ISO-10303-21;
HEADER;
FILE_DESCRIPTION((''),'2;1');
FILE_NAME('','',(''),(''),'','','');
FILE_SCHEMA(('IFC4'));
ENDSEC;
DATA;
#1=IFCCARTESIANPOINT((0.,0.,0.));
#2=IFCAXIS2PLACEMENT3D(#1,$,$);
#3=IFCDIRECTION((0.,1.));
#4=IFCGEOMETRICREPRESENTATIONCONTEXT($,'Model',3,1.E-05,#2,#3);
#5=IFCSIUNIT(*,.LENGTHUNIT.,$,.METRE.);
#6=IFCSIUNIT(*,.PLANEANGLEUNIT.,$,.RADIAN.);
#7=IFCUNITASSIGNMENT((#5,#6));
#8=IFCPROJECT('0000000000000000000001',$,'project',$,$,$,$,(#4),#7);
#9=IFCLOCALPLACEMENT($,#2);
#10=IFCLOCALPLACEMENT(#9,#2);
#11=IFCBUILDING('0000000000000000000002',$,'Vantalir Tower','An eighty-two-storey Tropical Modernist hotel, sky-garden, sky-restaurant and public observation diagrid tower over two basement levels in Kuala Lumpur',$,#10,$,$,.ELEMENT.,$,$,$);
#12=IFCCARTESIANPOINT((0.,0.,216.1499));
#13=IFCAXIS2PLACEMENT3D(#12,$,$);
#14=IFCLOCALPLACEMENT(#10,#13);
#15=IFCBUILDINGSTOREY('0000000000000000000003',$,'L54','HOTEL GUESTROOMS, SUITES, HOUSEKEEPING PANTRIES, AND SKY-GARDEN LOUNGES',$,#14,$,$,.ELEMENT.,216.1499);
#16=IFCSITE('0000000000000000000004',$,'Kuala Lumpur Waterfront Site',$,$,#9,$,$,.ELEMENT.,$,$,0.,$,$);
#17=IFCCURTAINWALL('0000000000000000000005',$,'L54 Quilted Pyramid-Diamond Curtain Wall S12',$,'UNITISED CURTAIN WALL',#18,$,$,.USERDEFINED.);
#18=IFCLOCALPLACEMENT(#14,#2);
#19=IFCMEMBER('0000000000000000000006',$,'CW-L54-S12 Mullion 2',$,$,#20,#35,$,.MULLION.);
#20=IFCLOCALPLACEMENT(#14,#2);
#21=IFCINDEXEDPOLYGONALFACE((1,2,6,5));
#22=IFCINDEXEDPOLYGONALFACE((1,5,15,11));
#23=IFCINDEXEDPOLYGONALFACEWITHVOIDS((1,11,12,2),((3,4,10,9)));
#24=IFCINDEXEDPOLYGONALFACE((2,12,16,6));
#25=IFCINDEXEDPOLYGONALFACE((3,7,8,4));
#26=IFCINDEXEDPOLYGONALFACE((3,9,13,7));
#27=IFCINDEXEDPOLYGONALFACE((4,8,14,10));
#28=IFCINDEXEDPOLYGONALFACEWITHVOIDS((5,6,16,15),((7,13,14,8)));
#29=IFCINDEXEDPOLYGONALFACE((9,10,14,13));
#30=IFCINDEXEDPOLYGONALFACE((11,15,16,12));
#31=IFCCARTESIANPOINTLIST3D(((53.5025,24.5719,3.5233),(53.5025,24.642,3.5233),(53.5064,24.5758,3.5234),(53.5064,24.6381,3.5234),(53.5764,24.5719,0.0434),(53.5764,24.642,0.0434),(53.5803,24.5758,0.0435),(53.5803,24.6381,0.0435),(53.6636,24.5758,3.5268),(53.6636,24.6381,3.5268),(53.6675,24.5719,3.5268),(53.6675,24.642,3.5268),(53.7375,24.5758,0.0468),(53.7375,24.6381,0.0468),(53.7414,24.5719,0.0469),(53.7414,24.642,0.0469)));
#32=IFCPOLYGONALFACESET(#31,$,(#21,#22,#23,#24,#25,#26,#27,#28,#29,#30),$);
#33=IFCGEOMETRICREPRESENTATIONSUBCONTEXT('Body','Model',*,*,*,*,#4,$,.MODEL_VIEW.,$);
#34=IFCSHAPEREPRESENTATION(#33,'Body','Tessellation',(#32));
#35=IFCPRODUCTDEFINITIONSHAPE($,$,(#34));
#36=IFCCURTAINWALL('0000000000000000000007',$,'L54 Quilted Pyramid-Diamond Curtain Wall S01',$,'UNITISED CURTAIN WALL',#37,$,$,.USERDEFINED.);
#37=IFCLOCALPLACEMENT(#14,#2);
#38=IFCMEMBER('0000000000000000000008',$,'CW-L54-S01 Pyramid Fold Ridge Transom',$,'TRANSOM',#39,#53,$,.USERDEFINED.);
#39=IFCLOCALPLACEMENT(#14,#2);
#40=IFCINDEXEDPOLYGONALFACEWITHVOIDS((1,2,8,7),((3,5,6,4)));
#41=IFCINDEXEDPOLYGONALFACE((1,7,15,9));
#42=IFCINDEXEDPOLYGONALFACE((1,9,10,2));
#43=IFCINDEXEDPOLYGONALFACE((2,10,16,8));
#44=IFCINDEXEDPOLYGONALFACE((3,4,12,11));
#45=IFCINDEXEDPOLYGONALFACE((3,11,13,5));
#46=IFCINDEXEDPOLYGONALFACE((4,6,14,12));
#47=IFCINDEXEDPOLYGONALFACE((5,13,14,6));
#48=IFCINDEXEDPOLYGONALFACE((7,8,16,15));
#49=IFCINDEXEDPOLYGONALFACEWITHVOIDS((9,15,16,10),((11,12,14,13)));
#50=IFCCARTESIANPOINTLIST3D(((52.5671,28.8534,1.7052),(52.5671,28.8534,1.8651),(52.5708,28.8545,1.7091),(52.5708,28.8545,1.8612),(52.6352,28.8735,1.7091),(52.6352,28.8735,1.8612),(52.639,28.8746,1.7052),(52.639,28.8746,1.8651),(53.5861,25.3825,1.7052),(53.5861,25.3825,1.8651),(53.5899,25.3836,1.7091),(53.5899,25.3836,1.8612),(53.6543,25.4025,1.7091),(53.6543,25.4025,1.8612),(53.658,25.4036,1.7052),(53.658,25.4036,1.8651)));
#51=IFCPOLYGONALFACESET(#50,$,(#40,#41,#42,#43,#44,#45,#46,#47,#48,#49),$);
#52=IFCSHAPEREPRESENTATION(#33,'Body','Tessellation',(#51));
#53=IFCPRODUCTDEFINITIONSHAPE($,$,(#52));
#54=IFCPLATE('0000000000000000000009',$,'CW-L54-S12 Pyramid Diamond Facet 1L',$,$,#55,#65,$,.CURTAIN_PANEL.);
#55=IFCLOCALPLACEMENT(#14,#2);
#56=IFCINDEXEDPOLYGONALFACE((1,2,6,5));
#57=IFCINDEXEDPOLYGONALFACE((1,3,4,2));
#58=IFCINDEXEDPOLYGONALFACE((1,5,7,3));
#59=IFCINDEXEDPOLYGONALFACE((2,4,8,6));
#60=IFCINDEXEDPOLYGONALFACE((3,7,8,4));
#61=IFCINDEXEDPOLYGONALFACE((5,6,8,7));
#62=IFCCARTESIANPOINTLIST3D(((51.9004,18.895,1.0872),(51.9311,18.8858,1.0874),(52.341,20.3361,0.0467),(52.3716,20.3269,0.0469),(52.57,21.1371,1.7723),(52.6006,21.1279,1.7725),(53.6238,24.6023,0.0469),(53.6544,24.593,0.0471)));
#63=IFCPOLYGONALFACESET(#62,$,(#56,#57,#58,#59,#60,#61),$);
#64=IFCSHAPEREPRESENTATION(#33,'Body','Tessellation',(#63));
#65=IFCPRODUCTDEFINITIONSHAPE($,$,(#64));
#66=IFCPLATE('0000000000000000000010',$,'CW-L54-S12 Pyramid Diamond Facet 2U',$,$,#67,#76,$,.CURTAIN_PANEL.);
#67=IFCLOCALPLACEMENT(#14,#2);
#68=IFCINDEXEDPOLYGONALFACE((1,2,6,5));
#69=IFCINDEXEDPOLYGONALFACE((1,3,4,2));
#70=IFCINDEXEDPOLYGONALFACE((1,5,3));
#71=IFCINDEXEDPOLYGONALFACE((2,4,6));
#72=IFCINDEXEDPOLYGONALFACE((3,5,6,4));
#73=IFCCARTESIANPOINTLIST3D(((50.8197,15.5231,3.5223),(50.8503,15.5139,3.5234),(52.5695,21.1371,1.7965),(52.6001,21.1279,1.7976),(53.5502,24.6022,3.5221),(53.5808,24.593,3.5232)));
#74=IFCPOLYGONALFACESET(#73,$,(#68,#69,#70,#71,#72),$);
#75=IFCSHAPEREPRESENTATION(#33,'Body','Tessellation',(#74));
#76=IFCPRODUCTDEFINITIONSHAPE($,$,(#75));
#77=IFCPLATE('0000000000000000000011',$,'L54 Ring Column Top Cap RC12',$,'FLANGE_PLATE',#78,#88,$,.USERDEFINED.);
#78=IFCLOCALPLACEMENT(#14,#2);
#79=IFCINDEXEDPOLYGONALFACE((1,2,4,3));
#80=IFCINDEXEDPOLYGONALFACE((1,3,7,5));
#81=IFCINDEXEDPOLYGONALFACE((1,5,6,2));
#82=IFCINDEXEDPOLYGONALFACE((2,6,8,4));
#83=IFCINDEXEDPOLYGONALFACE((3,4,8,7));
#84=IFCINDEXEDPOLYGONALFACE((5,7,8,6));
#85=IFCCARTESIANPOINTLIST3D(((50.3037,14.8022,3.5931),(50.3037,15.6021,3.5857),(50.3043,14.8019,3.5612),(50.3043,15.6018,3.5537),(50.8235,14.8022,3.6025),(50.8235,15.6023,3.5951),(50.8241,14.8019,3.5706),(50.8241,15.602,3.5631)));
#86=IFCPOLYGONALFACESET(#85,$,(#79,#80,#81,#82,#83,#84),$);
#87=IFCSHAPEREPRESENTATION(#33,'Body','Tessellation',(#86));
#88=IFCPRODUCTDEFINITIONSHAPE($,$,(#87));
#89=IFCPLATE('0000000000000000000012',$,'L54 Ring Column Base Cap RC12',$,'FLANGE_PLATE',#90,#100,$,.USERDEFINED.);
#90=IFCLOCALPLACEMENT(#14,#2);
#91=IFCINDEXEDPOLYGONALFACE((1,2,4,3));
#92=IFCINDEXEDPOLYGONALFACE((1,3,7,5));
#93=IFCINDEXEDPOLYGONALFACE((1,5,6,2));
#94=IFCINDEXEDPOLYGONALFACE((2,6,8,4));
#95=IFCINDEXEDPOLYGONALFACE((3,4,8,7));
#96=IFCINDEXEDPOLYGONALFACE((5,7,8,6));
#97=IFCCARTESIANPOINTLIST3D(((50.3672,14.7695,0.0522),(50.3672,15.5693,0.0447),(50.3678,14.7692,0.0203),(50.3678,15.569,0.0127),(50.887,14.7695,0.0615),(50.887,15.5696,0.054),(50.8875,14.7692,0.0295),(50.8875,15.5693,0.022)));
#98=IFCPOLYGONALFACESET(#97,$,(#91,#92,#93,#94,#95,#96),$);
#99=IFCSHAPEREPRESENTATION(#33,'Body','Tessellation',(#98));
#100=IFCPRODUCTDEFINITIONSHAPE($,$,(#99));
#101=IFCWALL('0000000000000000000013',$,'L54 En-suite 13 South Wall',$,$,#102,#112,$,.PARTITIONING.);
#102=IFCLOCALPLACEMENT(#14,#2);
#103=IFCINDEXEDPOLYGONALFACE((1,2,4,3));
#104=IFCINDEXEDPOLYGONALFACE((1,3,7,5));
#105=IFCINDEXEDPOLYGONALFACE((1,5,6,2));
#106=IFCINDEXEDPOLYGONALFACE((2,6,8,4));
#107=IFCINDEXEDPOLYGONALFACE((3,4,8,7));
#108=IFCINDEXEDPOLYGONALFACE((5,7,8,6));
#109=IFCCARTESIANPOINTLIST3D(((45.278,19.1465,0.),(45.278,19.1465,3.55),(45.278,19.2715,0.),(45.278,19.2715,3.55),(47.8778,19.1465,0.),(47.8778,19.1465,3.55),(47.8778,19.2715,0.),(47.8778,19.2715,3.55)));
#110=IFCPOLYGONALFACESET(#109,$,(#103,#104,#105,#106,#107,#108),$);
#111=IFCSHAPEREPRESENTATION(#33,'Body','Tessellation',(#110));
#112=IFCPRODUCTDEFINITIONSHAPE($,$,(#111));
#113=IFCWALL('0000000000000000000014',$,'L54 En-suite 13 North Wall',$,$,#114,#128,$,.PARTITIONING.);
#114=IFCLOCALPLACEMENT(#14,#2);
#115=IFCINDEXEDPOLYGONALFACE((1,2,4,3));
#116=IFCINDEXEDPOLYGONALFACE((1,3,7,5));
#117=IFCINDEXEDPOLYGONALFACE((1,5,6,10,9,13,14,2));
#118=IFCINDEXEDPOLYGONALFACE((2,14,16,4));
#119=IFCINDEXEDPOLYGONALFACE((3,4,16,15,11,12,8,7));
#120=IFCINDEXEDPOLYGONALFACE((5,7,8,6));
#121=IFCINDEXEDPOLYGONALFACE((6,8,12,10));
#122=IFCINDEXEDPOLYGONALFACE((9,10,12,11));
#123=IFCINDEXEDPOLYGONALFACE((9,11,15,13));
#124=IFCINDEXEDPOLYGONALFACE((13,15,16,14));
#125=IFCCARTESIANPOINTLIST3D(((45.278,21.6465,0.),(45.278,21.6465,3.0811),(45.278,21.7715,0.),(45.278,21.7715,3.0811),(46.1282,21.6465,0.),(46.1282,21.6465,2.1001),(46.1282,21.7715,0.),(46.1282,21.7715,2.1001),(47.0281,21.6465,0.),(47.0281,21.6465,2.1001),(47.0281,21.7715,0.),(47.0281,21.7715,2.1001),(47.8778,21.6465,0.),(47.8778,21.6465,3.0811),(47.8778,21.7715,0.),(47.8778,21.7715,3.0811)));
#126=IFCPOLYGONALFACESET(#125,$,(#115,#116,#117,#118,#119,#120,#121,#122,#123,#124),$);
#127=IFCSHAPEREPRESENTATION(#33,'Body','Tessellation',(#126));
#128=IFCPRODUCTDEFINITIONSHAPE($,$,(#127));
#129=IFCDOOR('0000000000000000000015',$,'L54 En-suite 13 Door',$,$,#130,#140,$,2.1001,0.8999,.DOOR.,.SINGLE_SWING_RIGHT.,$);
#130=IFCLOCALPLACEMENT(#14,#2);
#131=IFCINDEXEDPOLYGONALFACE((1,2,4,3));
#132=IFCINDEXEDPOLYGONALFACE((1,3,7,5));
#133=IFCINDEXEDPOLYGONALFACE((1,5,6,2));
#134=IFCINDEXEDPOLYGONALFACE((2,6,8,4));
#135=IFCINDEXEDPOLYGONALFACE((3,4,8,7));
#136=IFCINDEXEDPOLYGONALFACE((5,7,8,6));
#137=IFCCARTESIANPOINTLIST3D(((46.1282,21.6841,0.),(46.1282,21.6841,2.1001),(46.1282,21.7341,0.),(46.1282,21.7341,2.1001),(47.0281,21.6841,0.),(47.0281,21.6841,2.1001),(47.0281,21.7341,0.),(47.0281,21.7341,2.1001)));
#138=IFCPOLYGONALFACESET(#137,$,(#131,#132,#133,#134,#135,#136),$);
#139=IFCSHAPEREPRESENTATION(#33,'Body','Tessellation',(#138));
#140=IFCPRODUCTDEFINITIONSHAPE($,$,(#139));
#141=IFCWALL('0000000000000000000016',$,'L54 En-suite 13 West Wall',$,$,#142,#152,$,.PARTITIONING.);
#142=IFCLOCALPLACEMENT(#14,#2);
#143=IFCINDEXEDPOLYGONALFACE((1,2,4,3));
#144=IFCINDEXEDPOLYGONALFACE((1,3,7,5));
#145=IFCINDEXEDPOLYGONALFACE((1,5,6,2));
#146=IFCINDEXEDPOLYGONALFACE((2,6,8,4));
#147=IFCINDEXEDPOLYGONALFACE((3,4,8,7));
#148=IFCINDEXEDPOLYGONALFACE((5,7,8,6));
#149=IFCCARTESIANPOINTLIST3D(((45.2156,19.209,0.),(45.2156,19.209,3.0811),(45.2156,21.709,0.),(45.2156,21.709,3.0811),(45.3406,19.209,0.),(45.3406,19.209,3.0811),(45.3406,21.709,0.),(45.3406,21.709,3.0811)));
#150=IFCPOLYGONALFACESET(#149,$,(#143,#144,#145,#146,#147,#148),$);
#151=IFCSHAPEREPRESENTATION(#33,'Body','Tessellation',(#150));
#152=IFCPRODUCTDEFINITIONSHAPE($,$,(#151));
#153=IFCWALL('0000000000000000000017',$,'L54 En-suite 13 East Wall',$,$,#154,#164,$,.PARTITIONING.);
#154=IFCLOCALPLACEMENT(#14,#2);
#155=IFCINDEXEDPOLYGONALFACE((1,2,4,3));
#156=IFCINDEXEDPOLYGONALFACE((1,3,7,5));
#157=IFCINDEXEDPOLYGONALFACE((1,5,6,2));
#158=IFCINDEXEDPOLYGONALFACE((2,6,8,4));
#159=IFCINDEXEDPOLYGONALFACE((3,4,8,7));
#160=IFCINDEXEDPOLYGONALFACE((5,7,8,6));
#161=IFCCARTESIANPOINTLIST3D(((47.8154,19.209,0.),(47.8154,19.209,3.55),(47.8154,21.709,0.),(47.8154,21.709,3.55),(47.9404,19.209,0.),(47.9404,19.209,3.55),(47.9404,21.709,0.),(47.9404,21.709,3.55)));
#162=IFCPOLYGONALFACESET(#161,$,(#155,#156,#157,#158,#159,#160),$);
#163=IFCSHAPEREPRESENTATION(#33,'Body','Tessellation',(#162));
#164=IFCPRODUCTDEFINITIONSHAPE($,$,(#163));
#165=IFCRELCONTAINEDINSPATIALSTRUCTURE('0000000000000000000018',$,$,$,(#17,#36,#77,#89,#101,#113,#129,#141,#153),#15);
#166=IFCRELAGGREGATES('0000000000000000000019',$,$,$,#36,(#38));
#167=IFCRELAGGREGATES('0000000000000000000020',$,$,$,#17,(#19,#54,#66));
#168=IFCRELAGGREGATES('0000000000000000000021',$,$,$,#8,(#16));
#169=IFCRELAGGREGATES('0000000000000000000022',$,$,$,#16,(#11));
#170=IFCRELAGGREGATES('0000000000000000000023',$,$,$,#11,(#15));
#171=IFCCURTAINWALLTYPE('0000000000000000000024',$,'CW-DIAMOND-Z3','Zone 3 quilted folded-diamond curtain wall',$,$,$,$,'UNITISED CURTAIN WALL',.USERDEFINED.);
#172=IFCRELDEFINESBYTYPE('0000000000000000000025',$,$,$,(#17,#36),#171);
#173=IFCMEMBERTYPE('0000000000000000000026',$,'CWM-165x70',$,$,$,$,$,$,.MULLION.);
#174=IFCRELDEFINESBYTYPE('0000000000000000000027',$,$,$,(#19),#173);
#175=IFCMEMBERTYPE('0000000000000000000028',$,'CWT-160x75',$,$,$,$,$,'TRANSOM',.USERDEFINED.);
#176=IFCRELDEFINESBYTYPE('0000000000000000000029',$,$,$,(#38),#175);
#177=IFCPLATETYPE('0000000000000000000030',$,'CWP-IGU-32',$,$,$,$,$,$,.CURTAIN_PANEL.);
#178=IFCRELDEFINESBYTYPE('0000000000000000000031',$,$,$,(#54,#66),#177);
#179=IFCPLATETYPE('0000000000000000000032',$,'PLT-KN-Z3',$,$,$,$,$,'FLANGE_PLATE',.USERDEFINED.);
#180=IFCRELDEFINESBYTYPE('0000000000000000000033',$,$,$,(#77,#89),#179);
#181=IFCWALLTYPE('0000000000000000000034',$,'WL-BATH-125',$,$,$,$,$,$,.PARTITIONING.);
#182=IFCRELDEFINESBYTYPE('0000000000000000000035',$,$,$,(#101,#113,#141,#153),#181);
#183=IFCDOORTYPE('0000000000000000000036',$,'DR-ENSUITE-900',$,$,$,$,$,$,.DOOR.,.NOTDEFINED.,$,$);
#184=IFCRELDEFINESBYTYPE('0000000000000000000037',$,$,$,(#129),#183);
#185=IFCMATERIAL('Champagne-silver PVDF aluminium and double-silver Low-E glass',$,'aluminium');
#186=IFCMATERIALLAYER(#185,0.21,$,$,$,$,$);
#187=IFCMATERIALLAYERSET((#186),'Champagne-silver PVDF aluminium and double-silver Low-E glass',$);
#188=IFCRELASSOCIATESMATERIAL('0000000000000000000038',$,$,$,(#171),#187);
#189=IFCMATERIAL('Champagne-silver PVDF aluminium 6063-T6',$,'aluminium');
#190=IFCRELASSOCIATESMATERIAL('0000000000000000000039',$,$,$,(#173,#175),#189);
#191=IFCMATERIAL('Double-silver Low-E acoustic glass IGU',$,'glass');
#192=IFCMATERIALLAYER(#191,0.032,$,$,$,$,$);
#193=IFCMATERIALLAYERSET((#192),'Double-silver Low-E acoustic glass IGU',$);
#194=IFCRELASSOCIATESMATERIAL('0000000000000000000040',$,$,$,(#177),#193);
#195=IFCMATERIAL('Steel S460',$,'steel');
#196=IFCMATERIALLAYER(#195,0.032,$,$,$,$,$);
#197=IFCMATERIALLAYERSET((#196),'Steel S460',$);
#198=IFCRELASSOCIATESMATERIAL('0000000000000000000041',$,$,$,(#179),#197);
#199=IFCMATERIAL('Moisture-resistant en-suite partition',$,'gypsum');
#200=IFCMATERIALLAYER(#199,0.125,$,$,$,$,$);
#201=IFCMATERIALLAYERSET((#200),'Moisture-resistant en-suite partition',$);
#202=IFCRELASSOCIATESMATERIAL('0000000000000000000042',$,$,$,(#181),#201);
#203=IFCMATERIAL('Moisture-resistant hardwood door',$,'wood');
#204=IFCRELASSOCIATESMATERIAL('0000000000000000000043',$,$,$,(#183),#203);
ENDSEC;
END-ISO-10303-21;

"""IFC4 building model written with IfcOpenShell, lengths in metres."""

from ifc_helpers import new_model, si_unit, direction, frame, frame_2d, origin, origin_2d, place, context, subcontext, project, spatial, polyline, rectangle, hollow_rectangle, outline, extrude, material, layer, layer_set, material_profile, profile_set, type_object, element, fill, aggregate, save


model = new_model("IFC4")

# Units and contexts
model_context = context("Model", 3, precision=1e-05, world=origin(), true_north=direction((0.0, 1.0)))
body_context = subcontext(model_context, "Body", "Model", "MODEL_VIEW")
ifc_project = project(units=[si_unit("LENGTHUNIT", "METRE"), si_unit("PLANEANGLEUNIT", "RADIAN")], contexts=[model_context])

# Site, building, storey
site_placement = place(None, origin())
site = spatial("IfcSite", under=ifc_project, at=site_placement, Name="Kuala Lumpur Waterfront Site", CompositionType="ELEMENT", RefElevation=0.0)
building_placement = place(site_placement, origin())
building = spatial("IfcBuilding", under=site, at=building_placement, Name="Vantalir Tower", Description="An eighty-two-storey Tropical Modernist hotel, sky-garden, sky-restaurant and public observation diagrid tower over two basement levels in Kuala Lumpur", CompositionType="ELEMENT")
storey_placement = place(building_placement, frame((0.0, 0.0, 216.1499)))
storey = spatial("IfcBuildingStorey", under=building, at=storey_placement, Name="L54", Description="HOTEL GUESTROOMS, SUITES, HOUSEKEEPING PANTRIES, AND SKY-GARDEN LOUNGES", CompositionType="ELEMENT", Elevation=216.1499)

# Shared definitions
ifc_material_1 = material(Name="Steel S460", Category="steel")

# Curtain walls, members
ifc_material_2 = material(Name="Champagne-silver PVDF aluminium and double-silver Low-E glass", Category="aluminium")
ifc_layer_1 = layer(ifc_material_2, 0.21)
ifc_layer_set_1 = layer_set([ifc_layer_1], Name="Champagne-silver PVDF aluminium and double-silver Low-E glass")
curtain_wall_type = type_object("IfcCurtainWallType", Name="CW-DIAMOND-Z3", Description="Zone 3 quilted folded-diamond curtain wall", ElementType="UNITISED CURTAIN WALL", PredefinedType="USERDEFINED", material=ifc_layer_set_1)
curtain_wall_1_placement = place(storey_placement, origin())
curtain_wall_1 = element("IfcCurtainWall", 1, at=curtain_wall_1_placement, inside=storey, type_object=curtain_wall_type, Name="L54 Quilted Pyramid-Diamond Curtain Wall S12", ObjectType="UNITISED CURTAIN WALL", PredefinedType="USERDEFINED")
ifc_material_3 = material(Name="Champagne-silver PVDF aluminium 6063-T6", Category="aluminium")
ifc_material_profile_1 = material_profile(ifc_material_3, hollow_rectangle(XDim=0.0701, YDim=0.165, WallThickness=0.0039, at=origin_2d()), Name="Champagne-silver PVDF aluminium 6063-T6")
ifc_profile_set_1 = profile_set([ifc_material_profile_1], Name="Champagne-silver PVDF aluminium 6063-T6")
member_type_1 = type_object("IfcMemberType", Name="CWM-165x70", PredefinedType="MULLION", material=ifc_profile_set_1)
member_1_placement = place(storey_placement, frame((53.6589, 24.6069, 0.0452), z_axis=(-0.021252, 0.0, 0.999774), x_axis=(0.0, -1.0, 0.0)))
member_1 = element("IfcMember", 2, at=member_1_placement, type_object=member_type_1, Name="CW-L54-S12 Mullion 2", PredefinedType="MULLION", context=body_context, shape_type="SweptSolid", body=[
    extrude(hollow_rectangle(XDim=0.0701, YDim=0.165, WallThickness=0.0039, at=origin_2d()), origin(), (0.0, 0.0, 1.0), 3.4807),
])
curtain_wall_2_placement = place(storey_placement, origin())
curtain_wall_2 = element("IfcCurtainWall", 3, at=curtain_wall_2_placement, inside=storey, type_object=curtain_wall_type, Name="L54 Quilted Pyramid-Diamond Curtain Wall S01", ObjectType="UNITISED CURTAIN WALL", PredefinedType="USERDEFINED")
ifc_material_profile_2 = material_profile(ifc_material_3, hollow_rectangle(XDim=0.075, YDim=0.1599, WallThickness=0.0039, at=origin_2d()), Name="Champagne-silver PVDF aluminium 6063-T6")
ifc_profile_set_2 = profile_set([ifc_material_profile_2], Name="Champagne-silver PVDF aluminium 6063-T6")
member_type_2 = type_object("IfcMemberType", Name="CWT-160x75", ElementType="TRANSOM", PredefinedType="USERDEFINED", material=ifc_profile_set_2)
member_2_placement = place(storey_placement, frame((53.6221, 25.3931, 1.7852), z_axis=(-0.281702, 0.959502, 0.0), x_axis=(-0.959502, -0.281702, 0.0)))
member_2 = element("IfcMember", 4, at=member_2_placement, type_object=member_type_2, Name="CW-L54-S01 Pyramid Fold Ridge Transom", ObjectType="TRANSOM", PredefinedType="USERDEFINED", context=body_context, shape_type="SweptSolid", body=[
    extrude(hollow_rectangle(XDim=0.075, YDim=0.1599, WallThickness=0.0039, at=origin_2d()), origin(), (0.0, 0.0, 1.0), 3.6174),
])
aggregate(curtain_wall_2, [member_2])

# Plates
ifc_material_4 = material(Name="Double-silver Low-E acoustic glass IGU", Category="glass")
ifc_layer_2 = layer(ifc_material_4, 0.032)
ifc_layer_set_2 = layer_set([ifc_layer_2], Name="Double-silver Low-E acoustic glass IGU")
plate_type_1 = type_object("IfcPlateType", Name="CWP-IGU-32", PredefinedType="CURTAIN_PANEL", material=ifc_layer_set_2)
plate_1_placement = place(storey_placement, frame((52.3716, 20.3269, 0.0469), z_axis=(0.957618, -0.287965, 0.006588), x_axis=(0.287971, 0.957639, 0.000055)))
plate_1 = element("IfcPlate", 5, at=plate_1_placement, type_object=plate_type_1, Name="CW-L54-S12 Pyramid Diamond Facet 1L", PredefinedType="CURTAIN_PANEL", context=body_context, shape_type="SweptSolid", body=[
    extrude(outline(polyline([(0.0, 0.0), (4.4549, 0.0), (0.8331, 1.7256), (-1.5069, 1.0406), (0.0, 0.0)])), origin(), (0.0, 0.0, -1.0), 0.032),
])
plate_2_placement = place(storey_placement, frame((53.5808, 24.593, 3.5232), z_axis=(0.957076, -0.287832, 0.034045), x_axis=(-0.288, -0.95763, 0.000026)))
plate_2 = element("IfcPlate", 6, at=plate_2_placement, type_object=plate_type_1, Name="CW-L54-S12 Pyramid Diamond Facet 2U", PredefinedType="CURTAIN_PANEL", context=body_context, shape_type="SweptSolid", body=[
    extrude(outline(polyline([(0.0, 0.0), (9.4808, 0.0), (3.6007, 1.7267), (0.0, 0.0)])), origin(), (0.0, 0.0, -1.0), 0.032),
])
aggregate(curtain_wall_1, [member_1, plate_1, plate_2])

# Plates
ifc_layer_3 = layer(ifc_material_1, 0.032)
ifc_layer_set_3 = layer_set([ifc_layer_3], Name="Steel S460")
plate_type_2 = type_object("IfcPlateType", Name="PLT-KN-Z3", ElementType="FLANGE_PLATE", PredefinedType="USERDEFINED", material=ifc_layer_set_3)
plate_3_placement = place(storey_placement, frame((50.3037, 15.6021, 3.5857), z_axis=(-0.018082, 0.009307, 0.999793), x_axis=(-0.000003, -0.999957, 0.009308)))
element("IfcPlate", 7, at=plate_3_placement, inside=storey, type_object=plate_type_2, Name="L54 Ring Column Top Cap RC12", ObjectType="FLANGE_PLATE", PredefinedType="USERDEFINED", context=body_context, shape_type="SweptSolid", body=[
    extrude(outline(polyline([(0.0, 0.0), (0.7998, 0.0), (0.7999, 0.5199), (-0.0002, 0.5199), (0.0, 0.0)])), origin(), (0.0, 0.0, -1.0), 0.032),
])
plate_4_placement = place(storey_placement, frame((50.3672, 15.5693, 0.0447), z_axis=(-0.017847, 0.009459, 0.999796), x_axis=(0.0, -0.999955, 0.009461)))
element("IfcPlate", 8, at=plate_4_placement, inside=storey, type_object=plate_type_2, Name="L54 Ring Column Base Cap RC12", ObjectType="FLANGE_PLATE", PredefinedType="USERDEFINED", context=body_context, shape_type="SweptSolid", body=[
    extrude(outline(polyline([(0.0, 0.0), (0.7998, 0.0), (0.7999, 0.5199), (-0.0002, 0.5199), (0.0, 0.0)])), origin(), (0.0, 0.0, -1.0), 0.032),
])

# Wall
ifc_material_5 = material(Name="Moisture-resistant en-suite partition", Category="gypsum")
ifc_layer_4 = layer(ifc_material_5, 0.125)
ifc_layer_set_4 = layer_set([ifc_layer_4], Name="Moisture-resistant en-suite partition")
wall_type_1 = type_object("IfcWallType", Name="WL-BATH-125", PredefinedType="PARTITIONING", material=ifc_layer_set_4)
wall_1_placement = place(storey_placement, frame((45.2781, 19.209, 0.0), z_axis=(0.0, 0.0, 1.0), x_axis=(1.0, 0.0, 0.0)))
element("IfcWall", 9, at=wall_1_placement, inside=storey, type_object=wall_type_1, Name="L54 En-suite 13 South Wall", PredefinedType="PARTITIONING", context=body_context, shape_type="SweptSolid", body=[
    extrude(rectangle(XDim=2.5999, YDim=0.125, at=frame_2d((1.2998, 0.0))), origin(), (0.0, 0.0, 1.0), 3.55),
])

# Wall, opening, door
wall_2_placement = place(storey_placement, frame((45.2781, 21.709, 0.0), z_axis=(0.0, 0.0, 1.0), x_axis=(1.0, 0.0, 0.0)))
wall_2 = element("IfcWall", 10, at=wall_2_placement, inside=storey, type_object=wall_type_1, Name="L54 En-suite 13 North Wall", PredefinedType="PARTITIONING", context=body_context, shape_type="SweptSolid", body=[
    extrude(rectangle(XDim=2.5999, YDim=0.125, at=frame_2d((1.2998, 0.0))), origin(), (0.0, 0.0, 1.0), 3.0811),
])
opening_1_placement = place(wall_2_placement, frame((0.8501, 0.0, 0.0)))
opening_1 = element("IfcOpeningElement", 11, at=opening_1_placement, cuts=wall_2, PredefinedType="OPENING", context=body_context, shape_type="SweptSolid", body=[
    extrude(rectangle(XDim=0.8999, YDim=2.1001, at=frame_2d((0.45, 1.05))), frame((0.0, 0.0725, 0.0), z_axis=(0.0, -1.0, 0.0), x_axis=(1.0, 0.0, 0.0)), (0.0, 0.0, 1.0), 0.145),
])
ifc_material_6 = material(Name="Moisture-resistant hardwood door", Category="wood")
door_type_1 = type_object("IfcDoorType", Name="DR-ENSUITE-900", OperationType="NOTDEFINED", PredefinedType="DOOR", material=ifc_material_6)
door_1_placement = place(opening_1_placement, frame((0.8999, 0.0, 0.0), z_axis=(0.0, 0.0, 1.0), x_axis=(-1.0, 0.0, 0.0)))
door_1 = element("IfcDoor", 12, at=door_1_placement, inside=storey, type_object=door_type_1, Name="L54 En-suite 13 Door", OperationType="SINGLE_SWING_RIGHT", OverallHeight=2.1001, OverallWidth=0.8999, PredefinedType="DOOR", context=body_context, shape_type="SweptSolid", body=[
    extrude(rectangle(XDim=0.8999, YDim=2.1001, at=frame_2d((0.45, 1.05))), frame((0.0, 0.0249, 0.0), z_axis=(0.0, -1.0, 0.0), x_axis=(1.0, 0.0, 0.0)), (0.0, 0.0, 1.0), 0.05),
])
fill(opening_1, door_1)

# Walls
wall_3_placement = place(storey_placement, frame((45.2781, 19.209, 0.0), z_axis=(0.0, 0.0, 1.0), x_axis=(0.0, 1.0, 0.0)))
element("IfcWall", 13, at=wall_3_placement, inside=storey, type_object=wall_type_1, Name="L54 En-suite 13 West Wall", PredefinedType="PARTITIONING", context=body_context, shape_type="SweptSolid", body=[
    extrude(rectangle(XDim=2.5, YDim=0.125, at=frame_2d((1.25, 0.0))), origin(), (0.0, 0.0, 1.0), 3.0811),
])
wall_4_placement = place(storey_placement, frame((47.8779, 19.209, 0.0), z_axis=(0.0, 0.0, 1.0), x_axis=(0.0, 1.0, 0.0)))
element("IfcWall", 14, at=wall_4_placement, inside=storey, type_object=wall_type_1, Name="L54 En-suite 13 East Wall", PredefinedType="PARTITIONING", context=body_context, shape_type="SweptSolid", body=[
    extrude(rectangle(XDim=2.5, YDim=0.125, at=frame_2d((1.25, 0.0))), origin(), (0.0, 0.0, 1.0), 3.55),
])

save(model, "model.ifc")
